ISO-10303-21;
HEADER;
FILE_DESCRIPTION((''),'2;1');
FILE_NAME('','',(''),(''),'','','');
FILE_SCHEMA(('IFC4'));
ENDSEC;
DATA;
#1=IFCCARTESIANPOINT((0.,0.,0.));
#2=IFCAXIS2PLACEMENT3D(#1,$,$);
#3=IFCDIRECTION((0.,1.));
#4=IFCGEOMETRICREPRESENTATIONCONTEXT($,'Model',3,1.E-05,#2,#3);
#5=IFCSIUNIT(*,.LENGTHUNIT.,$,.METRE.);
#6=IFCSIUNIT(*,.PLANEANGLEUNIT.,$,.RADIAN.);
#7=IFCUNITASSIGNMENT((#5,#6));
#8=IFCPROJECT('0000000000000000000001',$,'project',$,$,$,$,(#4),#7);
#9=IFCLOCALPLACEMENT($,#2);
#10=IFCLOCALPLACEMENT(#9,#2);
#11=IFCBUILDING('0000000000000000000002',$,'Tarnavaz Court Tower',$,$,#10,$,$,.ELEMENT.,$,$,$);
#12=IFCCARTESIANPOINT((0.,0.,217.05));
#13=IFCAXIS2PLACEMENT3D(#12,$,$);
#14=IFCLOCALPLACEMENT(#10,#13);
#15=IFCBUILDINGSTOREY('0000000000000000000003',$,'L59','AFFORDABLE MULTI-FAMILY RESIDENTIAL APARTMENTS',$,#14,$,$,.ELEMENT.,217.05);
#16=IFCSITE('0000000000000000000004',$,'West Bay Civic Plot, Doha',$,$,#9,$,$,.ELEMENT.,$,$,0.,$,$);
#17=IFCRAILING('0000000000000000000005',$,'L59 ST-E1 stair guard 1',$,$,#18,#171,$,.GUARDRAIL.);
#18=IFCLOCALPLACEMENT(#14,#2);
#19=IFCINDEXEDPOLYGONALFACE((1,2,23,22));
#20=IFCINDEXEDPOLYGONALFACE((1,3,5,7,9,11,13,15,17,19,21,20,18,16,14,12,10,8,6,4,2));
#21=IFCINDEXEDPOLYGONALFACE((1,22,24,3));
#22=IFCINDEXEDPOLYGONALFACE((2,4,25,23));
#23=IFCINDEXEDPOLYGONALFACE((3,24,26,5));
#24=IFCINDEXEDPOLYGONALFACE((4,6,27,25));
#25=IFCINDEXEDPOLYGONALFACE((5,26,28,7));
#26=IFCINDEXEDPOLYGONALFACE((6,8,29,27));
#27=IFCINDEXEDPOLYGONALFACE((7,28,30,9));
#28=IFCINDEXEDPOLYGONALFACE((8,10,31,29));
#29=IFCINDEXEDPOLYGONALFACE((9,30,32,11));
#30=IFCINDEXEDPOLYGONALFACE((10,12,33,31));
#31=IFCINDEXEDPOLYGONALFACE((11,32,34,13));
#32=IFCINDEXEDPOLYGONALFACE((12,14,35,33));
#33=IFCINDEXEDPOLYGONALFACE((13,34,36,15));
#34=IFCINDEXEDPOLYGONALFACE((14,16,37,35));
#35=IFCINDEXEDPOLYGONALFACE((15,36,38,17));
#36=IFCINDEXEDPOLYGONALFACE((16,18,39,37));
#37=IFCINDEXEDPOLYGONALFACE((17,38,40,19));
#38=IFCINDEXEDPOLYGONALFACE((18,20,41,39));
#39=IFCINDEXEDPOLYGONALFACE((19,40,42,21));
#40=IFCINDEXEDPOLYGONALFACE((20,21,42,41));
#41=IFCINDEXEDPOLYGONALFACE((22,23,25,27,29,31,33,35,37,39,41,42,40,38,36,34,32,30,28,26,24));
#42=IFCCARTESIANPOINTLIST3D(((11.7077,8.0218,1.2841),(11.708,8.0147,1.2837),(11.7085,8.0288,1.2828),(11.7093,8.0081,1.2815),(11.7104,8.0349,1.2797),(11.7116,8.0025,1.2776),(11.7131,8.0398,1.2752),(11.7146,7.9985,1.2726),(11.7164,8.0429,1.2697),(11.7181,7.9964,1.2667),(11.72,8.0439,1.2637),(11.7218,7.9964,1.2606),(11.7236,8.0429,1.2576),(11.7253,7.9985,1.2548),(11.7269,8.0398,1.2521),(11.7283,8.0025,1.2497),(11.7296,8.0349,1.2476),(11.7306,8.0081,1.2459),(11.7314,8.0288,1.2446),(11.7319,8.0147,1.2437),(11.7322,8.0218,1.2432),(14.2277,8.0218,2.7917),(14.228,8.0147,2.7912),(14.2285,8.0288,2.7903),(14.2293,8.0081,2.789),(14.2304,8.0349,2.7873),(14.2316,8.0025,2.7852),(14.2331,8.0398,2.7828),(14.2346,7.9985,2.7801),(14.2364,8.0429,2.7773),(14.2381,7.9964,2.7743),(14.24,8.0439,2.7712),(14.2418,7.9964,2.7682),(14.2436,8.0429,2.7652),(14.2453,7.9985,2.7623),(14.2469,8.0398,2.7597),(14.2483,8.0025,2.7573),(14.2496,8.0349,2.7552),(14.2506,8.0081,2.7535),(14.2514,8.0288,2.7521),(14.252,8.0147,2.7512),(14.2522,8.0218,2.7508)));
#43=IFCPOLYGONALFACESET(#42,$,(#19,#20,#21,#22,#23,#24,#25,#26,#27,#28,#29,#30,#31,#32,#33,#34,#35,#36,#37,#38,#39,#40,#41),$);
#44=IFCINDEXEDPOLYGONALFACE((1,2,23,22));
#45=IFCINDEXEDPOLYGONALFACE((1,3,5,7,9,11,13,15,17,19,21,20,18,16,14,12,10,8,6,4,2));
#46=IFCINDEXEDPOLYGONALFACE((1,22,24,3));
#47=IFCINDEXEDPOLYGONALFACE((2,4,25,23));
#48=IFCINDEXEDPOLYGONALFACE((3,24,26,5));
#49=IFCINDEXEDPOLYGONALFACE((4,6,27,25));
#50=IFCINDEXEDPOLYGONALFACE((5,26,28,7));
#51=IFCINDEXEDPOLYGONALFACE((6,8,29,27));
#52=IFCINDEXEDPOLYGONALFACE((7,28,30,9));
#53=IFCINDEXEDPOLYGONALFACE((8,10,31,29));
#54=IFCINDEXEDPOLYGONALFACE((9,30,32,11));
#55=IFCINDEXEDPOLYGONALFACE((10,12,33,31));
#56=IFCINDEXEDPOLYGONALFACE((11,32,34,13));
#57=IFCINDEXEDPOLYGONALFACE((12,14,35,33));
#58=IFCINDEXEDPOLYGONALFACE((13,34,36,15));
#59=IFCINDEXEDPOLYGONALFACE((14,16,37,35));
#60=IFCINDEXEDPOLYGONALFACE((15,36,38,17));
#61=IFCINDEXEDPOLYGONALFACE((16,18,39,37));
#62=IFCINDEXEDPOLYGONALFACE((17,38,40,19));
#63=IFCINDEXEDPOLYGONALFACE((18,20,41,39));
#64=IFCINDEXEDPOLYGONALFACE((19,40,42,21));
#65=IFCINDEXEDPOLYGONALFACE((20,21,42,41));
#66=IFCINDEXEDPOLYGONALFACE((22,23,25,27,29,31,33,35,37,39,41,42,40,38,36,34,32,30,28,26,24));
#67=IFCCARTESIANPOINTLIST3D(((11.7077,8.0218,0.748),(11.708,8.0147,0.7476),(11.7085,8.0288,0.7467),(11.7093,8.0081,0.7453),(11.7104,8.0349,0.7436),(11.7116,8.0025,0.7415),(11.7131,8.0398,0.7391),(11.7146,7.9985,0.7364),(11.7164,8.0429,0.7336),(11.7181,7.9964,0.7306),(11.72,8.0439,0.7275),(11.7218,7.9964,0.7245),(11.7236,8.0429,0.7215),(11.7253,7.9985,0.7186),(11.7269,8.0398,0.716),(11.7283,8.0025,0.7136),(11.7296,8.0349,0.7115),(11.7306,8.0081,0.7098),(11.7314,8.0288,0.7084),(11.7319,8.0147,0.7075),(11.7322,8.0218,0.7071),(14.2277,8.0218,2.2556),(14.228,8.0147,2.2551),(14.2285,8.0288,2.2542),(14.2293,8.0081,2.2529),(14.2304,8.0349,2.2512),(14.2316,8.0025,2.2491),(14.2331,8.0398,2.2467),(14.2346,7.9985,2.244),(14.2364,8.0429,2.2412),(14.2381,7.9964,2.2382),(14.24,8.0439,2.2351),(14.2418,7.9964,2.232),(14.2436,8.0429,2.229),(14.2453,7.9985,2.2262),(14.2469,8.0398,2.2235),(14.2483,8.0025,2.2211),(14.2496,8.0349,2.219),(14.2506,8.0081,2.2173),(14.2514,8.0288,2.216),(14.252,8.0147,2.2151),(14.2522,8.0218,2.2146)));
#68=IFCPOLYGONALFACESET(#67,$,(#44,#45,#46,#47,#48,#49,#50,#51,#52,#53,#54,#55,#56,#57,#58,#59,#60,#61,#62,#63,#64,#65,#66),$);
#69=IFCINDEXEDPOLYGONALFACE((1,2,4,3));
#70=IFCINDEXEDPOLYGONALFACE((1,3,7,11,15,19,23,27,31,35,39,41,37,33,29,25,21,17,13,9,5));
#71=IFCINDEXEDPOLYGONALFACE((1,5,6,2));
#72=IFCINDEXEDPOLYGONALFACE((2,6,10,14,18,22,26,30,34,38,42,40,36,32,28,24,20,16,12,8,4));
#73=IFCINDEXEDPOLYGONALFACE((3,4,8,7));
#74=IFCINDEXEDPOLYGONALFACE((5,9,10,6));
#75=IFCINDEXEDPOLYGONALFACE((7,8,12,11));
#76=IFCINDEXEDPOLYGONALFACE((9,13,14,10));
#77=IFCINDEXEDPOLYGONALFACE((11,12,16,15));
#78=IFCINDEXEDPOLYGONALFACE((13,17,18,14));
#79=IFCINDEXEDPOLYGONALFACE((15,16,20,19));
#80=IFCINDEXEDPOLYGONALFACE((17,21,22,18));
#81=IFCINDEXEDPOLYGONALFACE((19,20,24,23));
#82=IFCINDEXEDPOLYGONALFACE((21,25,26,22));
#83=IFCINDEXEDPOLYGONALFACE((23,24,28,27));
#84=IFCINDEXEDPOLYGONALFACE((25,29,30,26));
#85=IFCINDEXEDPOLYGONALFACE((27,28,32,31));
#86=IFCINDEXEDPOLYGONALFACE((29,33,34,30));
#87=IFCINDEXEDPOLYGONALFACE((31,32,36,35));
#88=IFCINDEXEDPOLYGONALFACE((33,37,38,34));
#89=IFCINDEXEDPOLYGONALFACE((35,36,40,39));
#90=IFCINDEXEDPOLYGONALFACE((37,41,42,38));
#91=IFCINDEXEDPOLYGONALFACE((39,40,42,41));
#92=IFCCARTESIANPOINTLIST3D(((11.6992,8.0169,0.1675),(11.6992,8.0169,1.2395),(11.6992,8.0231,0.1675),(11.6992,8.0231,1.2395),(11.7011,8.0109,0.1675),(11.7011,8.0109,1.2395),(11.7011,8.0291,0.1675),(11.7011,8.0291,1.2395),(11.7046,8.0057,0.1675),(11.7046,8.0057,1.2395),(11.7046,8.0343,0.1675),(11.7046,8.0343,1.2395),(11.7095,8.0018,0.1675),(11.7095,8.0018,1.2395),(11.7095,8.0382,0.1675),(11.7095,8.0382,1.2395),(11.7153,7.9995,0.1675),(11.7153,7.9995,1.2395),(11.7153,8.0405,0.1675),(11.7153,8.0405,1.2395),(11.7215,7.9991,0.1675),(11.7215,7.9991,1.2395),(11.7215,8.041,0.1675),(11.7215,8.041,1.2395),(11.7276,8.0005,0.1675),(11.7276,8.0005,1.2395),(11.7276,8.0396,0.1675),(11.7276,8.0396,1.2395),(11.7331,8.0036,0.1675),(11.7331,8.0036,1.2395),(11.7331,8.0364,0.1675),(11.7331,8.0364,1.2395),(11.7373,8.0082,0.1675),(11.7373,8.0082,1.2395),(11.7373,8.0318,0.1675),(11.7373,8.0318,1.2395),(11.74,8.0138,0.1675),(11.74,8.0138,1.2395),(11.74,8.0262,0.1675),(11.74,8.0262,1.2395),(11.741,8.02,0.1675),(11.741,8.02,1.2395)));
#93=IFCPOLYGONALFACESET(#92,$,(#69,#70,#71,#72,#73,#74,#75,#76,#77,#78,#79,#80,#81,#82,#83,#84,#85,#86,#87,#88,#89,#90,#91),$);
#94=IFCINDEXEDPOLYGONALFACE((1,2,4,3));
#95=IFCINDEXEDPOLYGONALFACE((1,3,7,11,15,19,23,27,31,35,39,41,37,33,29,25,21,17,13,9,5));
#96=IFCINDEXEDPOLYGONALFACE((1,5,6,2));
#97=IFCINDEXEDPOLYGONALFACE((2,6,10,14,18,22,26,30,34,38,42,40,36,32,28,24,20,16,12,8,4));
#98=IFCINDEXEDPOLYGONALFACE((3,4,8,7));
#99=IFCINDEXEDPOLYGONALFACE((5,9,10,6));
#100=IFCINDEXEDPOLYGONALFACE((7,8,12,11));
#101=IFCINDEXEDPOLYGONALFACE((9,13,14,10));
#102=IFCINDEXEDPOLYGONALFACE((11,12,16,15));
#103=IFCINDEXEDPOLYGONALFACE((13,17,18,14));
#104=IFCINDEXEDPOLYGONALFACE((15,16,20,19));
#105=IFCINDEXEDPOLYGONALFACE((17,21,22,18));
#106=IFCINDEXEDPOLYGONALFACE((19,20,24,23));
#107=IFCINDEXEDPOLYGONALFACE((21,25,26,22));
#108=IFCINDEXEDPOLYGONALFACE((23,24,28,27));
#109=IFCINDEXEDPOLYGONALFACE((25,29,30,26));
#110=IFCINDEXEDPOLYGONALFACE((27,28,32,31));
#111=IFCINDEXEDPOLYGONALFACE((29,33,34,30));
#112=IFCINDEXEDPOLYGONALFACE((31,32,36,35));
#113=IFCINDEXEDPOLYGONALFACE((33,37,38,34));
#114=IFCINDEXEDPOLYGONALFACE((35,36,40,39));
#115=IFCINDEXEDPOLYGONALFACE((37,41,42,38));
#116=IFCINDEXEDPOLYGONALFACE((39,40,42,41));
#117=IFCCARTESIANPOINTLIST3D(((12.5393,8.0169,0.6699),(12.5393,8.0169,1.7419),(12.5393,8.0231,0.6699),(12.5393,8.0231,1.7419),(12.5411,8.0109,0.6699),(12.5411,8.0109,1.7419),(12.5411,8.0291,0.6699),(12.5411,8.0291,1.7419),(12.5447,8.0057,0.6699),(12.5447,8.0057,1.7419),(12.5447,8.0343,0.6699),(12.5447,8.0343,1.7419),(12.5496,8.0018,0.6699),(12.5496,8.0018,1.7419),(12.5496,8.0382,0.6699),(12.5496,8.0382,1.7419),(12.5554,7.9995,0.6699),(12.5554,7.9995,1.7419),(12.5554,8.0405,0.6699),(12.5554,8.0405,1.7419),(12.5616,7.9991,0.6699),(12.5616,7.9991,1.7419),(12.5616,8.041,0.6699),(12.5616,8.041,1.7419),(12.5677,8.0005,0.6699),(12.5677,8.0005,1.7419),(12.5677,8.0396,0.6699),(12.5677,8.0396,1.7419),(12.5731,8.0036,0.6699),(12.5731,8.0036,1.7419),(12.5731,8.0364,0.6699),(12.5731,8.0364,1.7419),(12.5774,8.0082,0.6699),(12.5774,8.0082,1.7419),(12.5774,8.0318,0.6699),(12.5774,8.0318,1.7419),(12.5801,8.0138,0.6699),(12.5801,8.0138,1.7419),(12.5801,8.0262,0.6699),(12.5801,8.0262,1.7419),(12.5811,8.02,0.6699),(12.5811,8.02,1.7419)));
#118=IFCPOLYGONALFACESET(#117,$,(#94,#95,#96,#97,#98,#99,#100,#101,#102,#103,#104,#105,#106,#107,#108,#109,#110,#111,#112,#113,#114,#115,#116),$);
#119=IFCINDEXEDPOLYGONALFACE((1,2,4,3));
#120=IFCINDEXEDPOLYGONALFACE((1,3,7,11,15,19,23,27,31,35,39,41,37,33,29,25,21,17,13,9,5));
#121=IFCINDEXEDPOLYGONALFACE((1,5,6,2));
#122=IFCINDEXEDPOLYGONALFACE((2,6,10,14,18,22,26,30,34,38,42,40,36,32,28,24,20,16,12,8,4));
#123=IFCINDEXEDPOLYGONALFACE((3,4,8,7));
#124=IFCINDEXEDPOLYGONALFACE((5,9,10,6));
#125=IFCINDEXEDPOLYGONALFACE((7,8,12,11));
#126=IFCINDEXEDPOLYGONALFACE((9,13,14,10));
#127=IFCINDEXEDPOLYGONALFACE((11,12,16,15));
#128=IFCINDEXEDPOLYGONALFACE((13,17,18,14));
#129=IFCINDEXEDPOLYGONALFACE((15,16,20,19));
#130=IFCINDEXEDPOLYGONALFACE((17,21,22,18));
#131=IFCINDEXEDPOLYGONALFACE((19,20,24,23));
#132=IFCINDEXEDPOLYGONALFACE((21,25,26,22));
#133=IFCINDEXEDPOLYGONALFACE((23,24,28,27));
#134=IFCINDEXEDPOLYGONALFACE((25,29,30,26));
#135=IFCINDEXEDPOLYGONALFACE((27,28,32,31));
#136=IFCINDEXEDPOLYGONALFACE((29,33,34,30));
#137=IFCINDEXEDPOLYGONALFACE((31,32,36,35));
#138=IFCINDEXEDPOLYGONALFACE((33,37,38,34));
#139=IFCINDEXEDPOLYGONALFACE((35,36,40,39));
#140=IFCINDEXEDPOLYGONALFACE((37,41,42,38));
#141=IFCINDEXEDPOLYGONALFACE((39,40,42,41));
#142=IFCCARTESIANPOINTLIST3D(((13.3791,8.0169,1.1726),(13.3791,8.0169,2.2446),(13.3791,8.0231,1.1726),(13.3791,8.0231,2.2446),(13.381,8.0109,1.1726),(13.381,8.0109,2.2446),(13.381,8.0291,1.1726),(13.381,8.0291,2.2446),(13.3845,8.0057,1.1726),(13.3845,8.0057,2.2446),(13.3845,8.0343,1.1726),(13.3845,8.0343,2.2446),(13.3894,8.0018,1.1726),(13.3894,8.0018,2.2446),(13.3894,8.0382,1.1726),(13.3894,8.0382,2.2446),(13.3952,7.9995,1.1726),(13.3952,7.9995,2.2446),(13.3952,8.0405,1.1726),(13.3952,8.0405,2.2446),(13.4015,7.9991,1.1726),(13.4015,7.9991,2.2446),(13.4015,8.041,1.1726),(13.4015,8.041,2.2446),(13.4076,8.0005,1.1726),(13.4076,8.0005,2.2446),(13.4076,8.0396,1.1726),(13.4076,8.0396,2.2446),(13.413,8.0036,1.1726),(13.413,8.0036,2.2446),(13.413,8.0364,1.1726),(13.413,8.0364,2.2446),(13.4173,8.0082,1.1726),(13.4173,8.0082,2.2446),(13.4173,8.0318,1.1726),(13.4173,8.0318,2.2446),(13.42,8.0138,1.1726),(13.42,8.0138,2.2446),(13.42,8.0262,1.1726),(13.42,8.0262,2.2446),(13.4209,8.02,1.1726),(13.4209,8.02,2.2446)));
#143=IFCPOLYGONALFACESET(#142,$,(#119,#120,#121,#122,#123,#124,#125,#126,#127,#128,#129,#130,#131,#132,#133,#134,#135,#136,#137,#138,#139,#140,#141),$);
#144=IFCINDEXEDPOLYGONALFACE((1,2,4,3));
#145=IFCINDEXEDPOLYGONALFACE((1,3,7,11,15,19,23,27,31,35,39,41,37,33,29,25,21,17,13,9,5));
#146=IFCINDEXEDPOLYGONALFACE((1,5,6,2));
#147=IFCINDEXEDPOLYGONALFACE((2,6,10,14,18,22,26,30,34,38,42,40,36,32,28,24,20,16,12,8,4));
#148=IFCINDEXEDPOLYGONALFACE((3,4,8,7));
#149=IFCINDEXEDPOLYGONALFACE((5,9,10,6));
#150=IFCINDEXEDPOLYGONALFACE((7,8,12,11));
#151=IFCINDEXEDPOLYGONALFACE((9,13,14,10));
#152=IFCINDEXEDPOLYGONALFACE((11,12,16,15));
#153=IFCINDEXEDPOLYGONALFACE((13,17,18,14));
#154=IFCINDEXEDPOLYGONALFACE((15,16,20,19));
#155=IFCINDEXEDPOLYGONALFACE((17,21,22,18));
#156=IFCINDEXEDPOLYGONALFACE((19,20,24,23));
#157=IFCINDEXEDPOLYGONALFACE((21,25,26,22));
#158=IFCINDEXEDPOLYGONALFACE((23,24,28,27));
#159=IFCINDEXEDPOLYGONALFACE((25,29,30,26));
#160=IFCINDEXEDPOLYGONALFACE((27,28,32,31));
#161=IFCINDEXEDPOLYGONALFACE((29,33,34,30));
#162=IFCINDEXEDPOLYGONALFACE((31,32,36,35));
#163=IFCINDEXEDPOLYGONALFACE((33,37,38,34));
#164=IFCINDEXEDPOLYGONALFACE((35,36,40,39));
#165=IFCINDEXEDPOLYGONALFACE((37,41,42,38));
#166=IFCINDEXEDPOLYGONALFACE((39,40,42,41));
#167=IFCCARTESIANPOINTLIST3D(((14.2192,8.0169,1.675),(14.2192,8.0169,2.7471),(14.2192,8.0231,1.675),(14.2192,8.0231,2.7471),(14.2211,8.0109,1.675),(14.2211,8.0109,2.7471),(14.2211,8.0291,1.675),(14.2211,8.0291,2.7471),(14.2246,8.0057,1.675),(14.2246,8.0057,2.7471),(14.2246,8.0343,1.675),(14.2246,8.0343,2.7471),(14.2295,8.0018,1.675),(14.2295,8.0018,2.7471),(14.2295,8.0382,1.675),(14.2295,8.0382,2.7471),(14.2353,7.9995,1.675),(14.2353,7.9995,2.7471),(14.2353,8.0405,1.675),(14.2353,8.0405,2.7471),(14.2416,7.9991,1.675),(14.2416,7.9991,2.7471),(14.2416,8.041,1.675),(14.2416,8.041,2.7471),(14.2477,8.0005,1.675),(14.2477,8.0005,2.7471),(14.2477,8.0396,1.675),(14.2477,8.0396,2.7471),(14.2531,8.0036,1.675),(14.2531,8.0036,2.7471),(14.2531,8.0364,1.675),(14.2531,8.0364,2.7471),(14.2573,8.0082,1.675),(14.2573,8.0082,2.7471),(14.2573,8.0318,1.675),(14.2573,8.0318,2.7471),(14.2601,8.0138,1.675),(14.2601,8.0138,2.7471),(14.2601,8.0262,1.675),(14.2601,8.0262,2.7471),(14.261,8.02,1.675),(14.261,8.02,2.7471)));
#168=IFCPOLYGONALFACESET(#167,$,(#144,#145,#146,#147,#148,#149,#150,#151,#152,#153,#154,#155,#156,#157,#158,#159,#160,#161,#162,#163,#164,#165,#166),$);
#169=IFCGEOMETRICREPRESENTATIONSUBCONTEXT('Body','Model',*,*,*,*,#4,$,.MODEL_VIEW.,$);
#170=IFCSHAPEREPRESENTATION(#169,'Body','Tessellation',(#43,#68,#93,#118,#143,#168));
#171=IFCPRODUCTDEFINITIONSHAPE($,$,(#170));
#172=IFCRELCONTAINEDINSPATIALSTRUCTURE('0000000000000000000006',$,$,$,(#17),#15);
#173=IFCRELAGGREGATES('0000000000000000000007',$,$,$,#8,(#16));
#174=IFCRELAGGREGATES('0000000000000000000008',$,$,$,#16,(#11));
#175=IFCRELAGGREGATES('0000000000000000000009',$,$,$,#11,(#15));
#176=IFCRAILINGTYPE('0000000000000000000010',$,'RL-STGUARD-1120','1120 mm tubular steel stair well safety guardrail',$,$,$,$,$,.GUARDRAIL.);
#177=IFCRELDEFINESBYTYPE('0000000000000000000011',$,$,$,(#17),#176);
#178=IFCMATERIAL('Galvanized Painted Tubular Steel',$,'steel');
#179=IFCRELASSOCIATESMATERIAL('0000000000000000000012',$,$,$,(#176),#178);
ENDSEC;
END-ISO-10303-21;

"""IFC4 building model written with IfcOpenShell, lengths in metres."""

from ifc_helpers import new_model, si_unit, direction, frame, origin, origin_2d, place, context, subcontext, project, spatial, circle, extrude, material, type_object, element, save


model = new_model("IFC4")

# Units and contexts
model_context = context("Model", 3, precision=1e-05, world=origin(), true_north=direction((0.0, 1.0)))
body_context = subcontext(model_context, "Body", "Model", "MODEL_VIEW")
ifc_project = project(units=[si_unit("LENGTHUNIT", "METRE"), si_unit("PLANEANGLEUNIT", "RADIAN")], contexts=[model_context])

# Site, building, storey
site_placement = place(None, origin())
site = spatial("IfcSite", under=ifc_project, at=site_placement, Name="West Bay Civic Plot, Doha", CompositionType="ELEMENT", RefElevation=0.0)
building_placement = place(site_placement, origin())
building = spatial("IfcBuilding", under=site, at=building_placement, Name="Tarnavaz Court Tower", CompositionType="ELEMENT")
storey_placement = place(building_placement, frame((0.0, 0.0, 217.05)))
storey = spatial("IfcBuildingStorey", under=building, at=storey_placement, Name="L59", Description="AFFORDABLE MULTI-FAMILY RESIDENTIAL APARTMENTS", CompositionType="ELEMENT", Elevation=217.05)

# Railing
ifc_material_1 = material(Name="Galvanized Painted Tubular Steel", Category="steel")
railing_type_1 = type_object("IfcRailingType", Name="RL-STGUARD-1120", Description="1120 mm tubular steel stair well safety guardrail", PredefinedType="GUARDRAIL", material=ifc_material_1)
railing_1_placement = place(storey_placement, frame((11.72, 8.02, 0.1675)))
element("IfcRailing", 1, at=railing_1_placement, inside=storey, type_object=railing_type_1, Name="L59 ST-E1 stair guard 1", PredefinedType="GUARDRAIL", context=body_context, shape_type="SweptSolid", body=[
    extrude(circle(Radius=0.0239, at=origin_2d()), frame((0.0, 0.0, 1.0962), z_axis=(0.85816, 0.0, 0.513383), x_axis=(0.0, 1.0, 0.0)), (0.0, 0.0, 1.0), 2.9365),
    extrude(circle(Radius=0.0239, at=origin_2d()), frame((0.0, 0.0, 0.5601), z_axis=(0.85816, 0.0, 0.513383), x_axis=(0.0, 1.0, 0.0)), (0.0, 0.0, 1.0), 2.9365),
    extrude(circle(Radius=0.021, at=origin_2d()), origin(), (0.0, 0.0, 1.0), 1.072),
    extrude(circle(Radius=0.021, at=origin_2d()), frame((0.8401, 0.0, 0.5024)), (0.0, 0.0, 1.0), 1.072),
    extrude(circle(Radius=0.021, at=origin_2d()), frame((1.6799, 0.0, 1.0051)), (0.0, 0.0, 1.0), 1.072),
    extrude(circle(Radius=0.021, at=origin_2d()), frame((2.52, 0.0, 1.5076)), (0.0, 0.0, 1.0), 1.072),
])

save(model, "model.ifc")
